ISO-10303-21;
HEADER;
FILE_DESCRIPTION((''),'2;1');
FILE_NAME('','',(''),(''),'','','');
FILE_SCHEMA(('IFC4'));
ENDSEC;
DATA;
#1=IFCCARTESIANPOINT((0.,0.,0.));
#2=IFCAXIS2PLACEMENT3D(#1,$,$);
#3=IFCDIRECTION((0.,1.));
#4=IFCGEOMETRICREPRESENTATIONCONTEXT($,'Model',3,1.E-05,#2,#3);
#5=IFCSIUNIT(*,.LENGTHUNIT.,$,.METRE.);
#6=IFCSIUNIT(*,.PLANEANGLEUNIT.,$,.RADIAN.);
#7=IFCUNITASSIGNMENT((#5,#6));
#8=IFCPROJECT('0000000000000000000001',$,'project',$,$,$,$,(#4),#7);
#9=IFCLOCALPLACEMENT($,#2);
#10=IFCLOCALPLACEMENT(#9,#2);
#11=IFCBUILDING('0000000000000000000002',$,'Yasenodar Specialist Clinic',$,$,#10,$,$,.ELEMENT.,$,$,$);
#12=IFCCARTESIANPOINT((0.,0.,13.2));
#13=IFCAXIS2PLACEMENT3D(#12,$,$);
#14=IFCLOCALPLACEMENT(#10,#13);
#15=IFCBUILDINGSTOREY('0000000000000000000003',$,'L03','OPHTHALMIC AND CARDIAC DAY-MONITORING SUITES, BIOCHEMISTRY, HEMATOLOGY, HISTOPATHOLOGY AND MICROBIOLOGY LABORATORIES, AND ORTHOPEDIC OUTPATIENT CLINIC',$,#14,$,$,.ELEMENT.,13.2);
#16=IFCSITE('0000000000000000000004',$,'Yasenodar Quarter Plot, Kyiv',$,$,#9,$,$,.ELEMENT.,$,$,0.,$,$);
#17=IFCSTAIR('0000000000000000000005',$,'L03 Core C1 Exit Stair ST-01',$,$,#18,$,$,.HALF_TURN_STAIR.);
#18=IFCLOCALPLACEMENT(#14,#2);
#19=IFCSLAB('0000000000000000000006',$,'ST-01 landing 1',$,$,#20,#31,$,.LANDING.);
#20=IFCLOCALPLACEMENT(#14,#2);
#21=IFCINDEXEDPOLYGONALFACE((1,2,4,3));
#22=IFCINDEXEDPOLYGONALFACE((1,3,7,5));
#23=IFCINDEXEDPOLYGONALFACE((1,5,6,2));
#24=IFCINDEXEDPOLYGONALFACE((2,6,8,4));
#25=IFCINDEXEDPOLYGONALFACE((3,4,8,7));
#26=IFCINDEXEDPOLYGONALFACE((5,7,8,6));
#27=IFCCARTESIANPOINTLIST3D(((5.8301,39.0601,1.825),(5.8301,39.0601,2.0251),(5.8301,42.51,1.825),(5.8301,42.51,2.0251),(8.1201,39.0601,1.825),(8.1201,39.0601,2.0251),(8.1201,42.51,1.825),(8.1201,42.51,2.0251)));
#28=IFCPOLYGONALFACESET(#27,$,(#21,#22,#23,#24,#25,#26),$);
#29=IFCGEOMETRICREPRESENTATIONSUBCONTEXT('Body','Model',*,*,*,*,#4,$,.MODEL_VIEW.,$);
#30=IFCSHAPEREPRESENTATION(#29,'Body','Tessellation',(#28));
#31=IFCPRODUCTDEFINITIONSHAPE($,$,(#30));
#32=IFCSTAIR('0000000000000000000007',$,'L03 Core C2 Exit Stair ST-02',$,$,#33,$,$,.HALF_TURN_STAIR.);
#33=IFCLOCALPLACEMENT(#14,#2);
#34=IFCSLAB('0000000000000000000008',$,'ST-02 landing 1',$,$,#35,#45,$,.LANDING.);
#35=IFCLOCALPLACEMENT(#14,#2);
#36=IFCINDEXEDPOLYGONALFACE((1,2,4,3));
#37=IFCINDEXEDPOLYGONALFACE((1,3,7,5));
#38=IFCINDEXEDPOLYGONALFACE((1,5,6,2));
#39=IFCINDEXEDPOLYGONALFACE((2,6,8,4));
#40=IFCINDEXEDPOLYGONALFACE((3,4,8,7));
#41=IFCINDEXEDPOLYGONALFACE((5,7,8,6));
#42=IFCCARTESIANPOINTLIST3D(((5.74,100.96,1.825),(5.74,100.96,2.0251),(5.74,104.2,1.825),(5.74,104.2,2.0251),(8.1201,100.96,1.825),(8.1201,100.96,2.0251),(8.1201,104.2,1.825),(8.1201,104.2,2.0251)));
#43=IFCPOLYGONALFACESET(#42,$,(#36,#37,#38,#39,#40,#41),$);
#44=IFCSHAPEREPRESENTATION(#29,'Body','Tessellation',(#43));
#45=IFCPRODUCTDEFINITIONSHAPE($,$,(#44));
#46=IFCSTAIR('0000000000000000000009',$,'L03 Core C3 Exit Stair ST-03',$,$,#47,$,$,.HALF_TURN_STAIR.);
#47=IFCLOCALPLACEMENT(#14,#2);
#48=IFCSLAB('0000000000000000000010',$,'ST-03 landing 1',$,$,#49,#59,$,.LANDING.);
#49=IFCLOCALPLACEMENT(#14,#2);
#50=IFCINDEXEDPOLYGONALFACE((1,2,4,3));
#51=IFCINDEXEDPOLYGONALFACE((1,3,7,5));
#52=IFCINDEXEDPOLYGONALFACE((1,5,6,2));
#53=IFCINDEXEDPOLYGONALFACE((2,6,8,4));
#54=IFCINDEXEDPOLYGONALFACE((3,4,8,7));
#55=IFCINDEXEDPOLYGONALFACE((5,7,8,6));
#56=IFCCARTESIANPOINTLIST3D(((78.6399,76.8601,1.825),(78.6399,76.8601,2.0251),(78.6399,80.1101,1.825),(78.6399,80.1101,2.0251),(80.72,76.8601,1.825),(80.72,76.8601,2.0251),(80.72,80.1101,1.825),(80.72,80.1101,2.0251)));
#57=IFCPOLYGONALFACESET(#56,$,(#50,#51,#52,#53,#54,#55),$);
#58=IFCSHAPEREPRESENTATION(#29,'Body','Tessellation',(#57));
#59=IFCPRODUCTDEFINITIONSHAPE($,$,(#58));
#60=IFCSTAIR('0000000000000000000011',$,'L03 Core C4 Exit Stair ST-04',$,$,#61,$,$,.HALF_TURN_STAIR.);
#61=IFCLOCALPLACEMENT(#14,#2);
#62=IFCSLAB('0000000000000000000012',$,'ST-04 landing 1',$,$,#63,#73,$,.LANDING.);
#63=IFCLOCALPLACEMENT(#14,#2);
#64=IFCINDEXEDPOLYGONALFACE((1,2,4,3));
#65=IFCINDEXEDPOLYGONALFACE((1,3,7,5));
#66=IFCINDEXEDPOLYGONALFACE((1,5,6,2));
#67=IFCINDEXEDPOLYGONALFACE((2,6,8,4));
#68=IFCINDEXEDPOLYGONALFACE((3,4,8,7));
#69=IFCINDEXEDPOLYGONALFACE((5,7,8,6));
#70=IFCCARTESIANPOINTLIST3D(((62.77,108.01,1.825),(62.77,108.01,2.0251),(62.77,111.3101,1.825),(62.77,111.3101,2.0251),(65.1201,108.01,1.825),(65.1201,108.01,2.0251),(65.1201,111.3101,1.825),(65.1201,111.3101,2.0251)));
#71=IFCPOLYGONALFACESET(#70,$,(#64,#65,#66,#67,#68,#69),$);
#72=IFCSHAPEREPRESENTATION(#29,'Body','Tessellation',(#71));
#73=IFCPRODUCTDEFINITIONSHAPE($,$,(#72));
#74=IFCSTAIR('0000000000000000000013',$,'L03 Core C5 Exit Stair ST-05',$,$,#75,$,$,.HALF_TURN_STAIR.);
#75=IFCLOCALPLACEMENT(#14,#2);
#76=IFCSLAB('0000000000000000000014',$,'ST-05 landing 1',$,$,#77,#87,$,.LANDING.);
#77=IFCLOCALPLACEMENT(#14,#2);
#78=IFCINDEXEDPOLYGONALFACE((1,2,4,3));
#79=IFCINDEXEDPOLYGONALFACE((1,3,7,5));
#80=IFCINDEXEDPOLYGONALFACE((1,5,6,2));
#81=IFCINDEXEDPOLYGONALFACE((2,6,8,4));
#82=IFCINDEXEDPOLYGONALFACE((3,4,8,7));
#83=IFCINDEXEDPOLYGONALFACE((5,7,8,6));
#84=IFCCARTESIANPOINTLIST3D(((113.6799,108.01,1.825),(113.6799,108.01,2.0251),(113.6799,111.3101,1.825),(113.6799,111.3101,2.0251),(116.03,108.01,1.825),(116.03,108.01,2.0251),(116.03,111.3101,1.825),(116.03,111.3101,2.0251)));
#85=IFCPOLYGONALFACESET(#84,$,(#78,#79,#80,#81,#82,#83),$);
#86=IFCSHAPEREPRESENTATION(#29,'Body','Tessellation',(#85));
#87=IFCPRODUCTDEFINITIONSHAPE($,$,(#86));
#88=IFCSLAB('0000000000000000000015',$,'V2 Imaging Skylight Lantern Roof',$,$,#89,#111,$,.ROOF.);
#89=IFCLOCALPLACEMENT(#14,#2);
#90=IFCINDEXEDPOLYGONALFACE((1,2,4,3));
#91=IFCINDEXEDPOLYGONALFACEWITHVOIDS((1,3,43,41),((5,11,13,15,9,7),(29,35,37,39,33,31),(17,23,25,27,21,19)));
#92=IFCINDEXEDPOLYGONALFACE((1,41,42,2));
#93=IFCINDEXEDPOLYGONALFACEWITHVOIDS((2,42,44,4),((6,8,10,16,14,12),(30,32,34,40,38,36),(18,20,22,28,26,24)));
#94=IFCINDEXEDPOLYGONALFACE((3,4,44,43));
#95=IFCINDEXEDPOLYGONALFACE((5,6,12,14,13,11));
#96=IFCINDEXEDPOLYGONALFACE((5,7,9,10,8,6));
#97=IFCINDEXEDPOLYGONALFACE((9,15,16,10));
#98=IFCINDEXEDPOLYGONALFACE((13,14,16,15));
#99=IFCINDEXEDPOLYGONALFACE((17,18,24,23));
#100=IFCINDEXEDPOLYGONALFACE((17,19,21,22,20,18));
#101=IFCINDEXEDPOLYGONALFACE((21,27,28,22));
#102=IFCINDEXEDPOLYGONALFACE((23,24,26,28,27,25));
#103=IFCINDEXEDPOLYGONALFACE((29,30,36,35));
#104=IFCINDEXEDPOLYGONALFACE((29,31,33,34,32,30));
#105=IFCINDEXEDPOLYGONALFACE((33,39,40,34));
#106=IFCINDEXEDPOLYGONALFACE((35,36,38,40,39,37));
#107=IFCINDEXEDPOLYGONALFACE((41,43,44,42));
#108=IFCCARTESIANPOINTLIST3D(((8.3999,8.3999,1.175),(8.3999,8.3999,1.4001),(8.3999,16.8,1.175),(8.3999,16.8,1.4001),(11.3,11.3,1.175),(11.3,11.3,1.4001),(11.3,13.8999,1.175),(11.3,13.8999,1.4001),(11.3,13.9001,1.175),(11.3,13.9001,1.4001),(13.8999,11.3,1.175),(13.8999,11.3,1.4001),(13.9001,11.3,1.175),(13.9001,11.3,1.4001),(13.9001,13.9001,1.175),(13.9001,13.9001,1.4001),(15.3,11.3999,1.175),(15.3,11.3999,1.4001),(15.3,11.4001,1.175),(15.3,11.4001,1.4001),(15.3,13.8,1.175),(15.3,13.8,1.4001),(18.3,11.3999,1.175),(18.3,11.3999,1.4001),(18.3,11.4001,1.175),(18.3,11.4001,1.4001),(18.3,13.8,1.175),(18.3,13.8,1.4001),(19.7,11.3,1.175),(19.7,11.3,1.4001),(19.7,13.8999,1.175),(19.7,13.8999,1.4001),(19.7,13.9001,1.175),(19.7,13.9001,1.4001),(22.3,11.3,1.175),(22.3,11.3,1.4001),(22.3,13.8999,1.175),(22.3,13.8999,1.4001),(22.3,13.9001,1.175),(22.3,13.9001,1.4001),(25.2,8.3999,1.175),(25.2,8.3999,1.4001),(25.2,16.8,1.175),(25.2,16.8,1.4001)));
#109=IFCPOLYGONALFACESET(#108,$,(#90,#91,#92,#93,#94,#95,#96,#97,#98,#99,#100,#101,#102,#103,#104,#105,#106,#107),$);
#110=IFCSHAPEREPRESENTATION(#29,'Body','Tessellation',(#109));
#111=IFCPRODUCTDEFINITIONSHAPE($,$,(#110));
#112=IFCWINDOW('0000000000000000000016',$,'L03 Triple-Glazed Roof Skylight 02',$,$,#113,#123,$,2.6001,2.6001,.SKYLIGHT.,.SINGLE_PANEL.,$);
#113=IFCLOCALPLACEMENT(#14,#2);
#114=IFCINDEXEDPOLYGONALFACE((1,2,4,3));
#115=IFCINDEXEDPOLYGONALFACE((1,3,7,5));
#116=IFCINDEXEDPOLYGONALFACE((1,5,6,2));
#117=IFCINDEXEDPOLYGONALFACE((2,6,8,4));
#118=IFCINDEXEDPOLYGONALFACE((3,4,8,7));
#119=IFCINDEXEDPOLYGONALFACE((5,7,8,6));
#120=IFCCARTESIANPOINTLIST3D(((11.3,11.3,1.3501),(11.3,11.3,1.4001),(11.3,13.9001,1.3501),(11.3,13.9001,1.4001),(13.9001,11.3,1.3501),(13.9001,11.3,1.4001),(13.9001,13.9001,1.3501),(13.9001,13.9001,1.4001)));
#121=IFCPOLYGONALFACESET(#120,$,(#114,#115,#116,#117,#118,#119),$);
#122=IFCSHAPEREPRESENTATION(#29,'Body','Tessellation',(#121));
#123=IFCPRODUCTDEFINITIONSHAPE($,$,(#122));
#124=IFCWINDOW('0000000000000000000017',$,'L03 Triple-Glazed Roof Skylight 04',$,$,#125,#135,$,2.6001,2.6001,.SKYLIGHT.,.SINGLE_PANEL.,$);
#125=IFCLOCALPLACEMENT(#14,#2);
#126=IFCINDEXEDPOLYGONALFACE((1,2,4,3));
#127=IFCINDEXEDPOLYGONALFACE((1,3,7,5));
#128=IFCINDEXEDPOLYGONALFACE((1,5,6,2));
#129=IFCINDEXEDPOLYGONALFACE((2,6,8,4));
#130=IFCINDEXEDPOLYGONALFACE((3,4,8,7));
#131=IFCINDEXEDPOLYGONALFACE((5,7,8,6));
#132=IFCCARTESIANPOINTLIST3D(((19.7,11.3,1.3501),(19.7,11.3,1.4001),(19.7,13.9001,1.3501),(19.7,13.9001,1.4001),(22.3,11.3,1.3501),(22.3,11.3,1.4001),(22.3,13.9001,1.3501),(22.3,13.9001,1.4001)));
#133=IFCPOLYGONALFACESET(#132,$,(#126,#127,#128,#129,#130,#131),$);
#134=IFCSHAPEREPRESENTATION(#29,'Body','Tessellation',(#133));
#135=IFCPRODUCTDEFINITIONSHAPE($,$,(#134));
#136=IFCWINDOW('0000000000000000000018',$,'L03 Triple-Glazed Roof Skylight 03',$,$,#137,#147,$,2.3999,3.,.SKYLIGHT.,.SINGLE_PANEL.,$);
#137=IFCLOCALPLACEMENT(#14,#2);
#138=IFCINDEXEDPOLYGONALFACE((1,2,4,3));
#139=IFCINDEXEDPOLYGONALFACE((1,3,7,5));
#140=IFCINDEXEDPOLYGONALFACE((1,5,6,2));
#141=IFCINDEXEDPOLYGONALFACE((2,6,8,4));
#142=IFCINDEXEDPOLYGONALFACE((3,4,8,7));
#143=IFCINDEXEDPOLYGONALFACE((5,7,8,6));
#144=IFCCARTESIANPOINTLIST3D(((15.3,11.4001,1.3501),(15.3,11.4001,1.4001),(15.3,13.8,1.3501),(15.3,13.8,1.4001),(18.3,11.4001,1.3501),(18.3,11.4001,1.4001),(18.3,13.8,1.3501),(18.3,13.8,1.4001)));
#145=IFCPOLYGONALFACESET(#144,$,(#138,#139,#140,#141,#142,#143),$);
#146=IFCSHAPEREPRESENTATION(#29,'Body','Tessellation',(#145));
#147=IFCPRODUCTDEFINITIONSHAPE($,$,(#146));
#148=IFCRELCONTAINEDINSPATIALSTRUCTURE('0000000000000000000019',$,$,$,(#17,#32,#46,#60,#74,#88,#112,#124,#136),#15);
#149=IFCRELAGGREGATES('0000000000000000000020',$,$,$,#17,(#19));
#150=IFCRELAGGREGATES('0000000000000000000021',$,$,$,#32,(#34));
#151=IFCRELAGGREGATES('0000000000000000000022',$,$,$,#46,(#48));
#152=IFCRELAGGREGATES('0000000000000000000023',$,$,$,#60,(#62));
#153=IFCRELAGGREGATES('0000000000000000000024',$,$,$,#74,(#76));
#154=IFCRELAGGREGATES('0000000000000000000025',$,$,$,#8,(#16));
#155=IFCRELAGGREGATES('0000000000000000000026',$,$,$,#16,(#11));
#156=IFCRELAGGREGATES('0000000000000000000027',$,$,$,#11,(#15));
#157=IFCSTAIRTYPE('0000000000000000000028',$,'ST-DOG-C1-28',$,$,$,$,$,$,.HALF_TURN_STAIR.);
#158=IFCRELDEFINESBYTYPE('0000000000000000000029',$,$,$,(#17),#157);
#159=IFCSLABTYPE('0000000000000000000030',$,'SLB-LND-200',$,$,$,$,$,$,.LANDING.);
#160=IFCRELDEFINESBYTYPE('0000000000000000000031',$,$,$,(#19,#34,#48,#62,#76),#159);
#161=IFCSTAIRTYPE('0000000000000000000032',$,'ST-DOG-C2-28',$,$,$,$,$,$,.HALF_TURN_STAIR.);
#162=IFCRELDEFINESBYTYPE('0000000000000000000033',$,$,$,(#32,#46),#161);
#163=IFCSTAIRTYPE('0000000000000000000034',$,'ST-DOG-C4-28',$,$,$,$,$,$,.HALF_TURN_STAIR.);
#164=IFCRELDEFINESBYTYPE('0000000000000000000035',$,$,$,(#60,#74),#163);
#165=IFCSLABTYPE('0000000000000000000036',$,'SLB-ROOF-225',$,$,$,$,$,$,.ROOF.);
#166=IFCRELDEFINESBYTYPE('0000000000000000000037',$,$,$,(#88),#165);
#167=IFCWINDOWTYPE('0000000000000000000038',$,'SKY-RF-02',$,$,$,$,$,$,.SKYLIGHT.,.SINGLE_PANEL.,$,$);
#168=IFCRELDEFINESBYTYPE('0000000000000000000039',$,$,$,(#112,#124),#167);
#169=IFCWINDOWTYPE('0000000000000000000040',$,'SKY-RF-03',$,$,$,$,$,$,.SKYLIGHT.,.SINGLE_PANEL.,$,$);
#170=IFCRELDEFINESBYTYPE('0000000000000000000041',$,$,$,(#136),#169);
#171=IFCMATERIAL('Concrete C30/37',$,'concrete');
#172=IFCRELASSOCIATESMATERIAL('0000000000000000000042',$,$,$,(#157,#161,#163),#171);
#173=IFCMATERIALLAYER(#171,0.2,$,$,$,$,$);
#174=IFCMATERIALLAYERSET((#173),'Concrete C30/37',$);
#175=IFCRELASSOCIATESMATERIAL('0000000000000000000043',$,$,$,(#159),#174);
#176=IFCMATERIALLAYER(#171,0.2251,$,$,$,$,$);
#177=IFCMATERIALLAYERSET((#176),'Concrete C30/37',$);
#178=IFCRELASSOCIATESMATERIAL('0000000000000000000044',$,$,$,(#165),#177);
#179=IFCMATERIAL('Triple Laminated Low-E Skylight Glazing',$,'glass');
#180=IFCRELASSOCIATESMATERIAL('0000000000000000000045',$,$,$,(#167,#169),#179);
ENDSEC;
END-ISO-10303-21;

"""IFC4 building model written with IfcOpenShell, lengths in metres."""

from ifc_helpers import new_model, si_unit, direction, frame, origin, origin_2d, place, context, subcontext, project, spatial, polyline, rectangle, outline, extrude, material, layer, layer_set, type_object, element, fill, aggregate, save


model = new_model("IFC4")

# Units and contexts
model_context = context("Model", 3, precision=1e-05, world=origin(), true_north=direction((0.0, 1.0)))
body_context = subcontext(model_context, "Body", "Model", "MODEL_VIEW")
ifc_project = project(units=[si_unit("LENGTHUNIT", "METRE"), si_unit("PLANEANGLEUNIT", "RADIAN")], contexts=[model_context])

# Site, building, storey
site_placement = place(None, origin())
site = spatial("IfcSite", under=ifc_project, at=site_placement, Name="Yasenodar Quarter Plot, Kyiv", CompositionType="ELEMENT", RefElevation=0.0)
building_placement = place(site_placement, origin())
building = spatial("IfcBuilding", under=site, at=building_placement, Name="Yasenodar Specialist Clinic", CompositionType="ELEMENT")
storey_placement = place(building_placement, frame((0.0, 0.0, 13.2)))
storey = spatial("IfcBuildingStorey", under=building, at=storey_placement, Name="L03", Description="OPHTHALMIC AND CARDIAC DAY-MONITORING SUITES, BIOCHEMISTRY, HEMATOLOGY, HISTOPATHOLOGY AND MICROBIOLOGY LABORATORIES, AND ORTHOPEDIC OUTPATIENT CLINIC", CompositionType="ELEMENT", Elevation=13.2)

# Stairs, slabs
ifc_material_1 = material(Name="Concrete C30/37", Category="concrete")
stair_type_1 = type_object("IfcStairType", Name="ST-DOG-C1-28", PredefinedType="HALF_TURN_STAIR", material=ifc_material_1)
stair_1_placement = place(storey_placement, origin())
stair_1 = element("IfcStair", 1, at=stair_1_placement, inside=storey, type_object=stair_type_1, Name="L03 Core C1 Exit Stair ST-01", PredefinedType="HALF_TURN_STAIR")
ifc_layer_1 = layer(ifc_material_1, 0.2)
ifc_layer_set_1 = layer_set([ifc_layer_1], Name="Concrete C30/37")
slab_type_1 = type_object("IfcSlabType", Name="SLB-LND-200", PredefinedType="LANDING", material=ifc_layer_set_1)
slab_1_placement = place(storey_placement, frame((0.0, 0.0, 1.825)))
slab_1 = element("IfcSlab", 2, at=slab_1_placement, type_object=slab_type_1, Name="ST-01 landing 1", PredefinedType="LANDING", context=body_context, shape_type="SweptSolid", body=[
    extrude(outline(polyline([(5.8301, 39.0601), (8.1201, 39.0601), (8.1201, 42.51), (5.8301, 42.51), (5.8301, 39.0601)])), origin(), (0.0, 0.0, 1.0), 0.2002),
])
aggregate(stair_1, [slab_1])
stair_type_2 = type_object("IfcStairType", Name="ST-DOG-C2-28", PredefinedType="HALF_TURN_STAIR", material=ifc_material_1)
stair_2_placement = place(storey_placement, origin())
stair_2 = element("IfcStair", 3, at=stair_2_placement, inside=storey, type_object=stair_type_2, Name="L03 Core C2 Exit Stair ST-02", PredefinedType="HALF_TURN_STAIR")
slab_2_placement = place(storey_placement, frame((0.0, 0.0, 1.825)))
slab_2 = element("IfcSlab", 4, at=slab_2_placement, type_object=slab_type_1, Name="ST-02 landing 1", PredefinedType="LANDING", context=body_context, shape_type="SweptSolid", body=[
    extrude(outline(polyline([(5.74, 100.96), (8.1201, 100.96), (8.1201, 104.2), (5.74, 104.2), (5.74, 100.96)])), origin(), (0.0, 0.0, 1.0), 0.2002),
])
aggregate(stair_2, [slab_2])
stair_3_placement = place(storey_placement, origin())
stair_3 = element("IfcStair", 5, at=stair_3_placement, inside=storey, type_object=stair_type_2, Name="L03 Core C3 Exit Stair ST-03", PredefinedType="HALF_TURN_STAIR")
slab_3_placement = place(storey_placement, frame((0.0, 0.0, 1.825)))
slab_3 = element("IfcSlab", 6, at=slab_3_placement, type_object=slab_type_1, Name="ST-03 landing 1", PredefinedType="LANDING", context=body_context, shape_type="SweptSolid", body=[
    extrude(outline(polyline([(78.6399, 76.8601), (80.72, 76.8601), (80.72, 80.1101), (78.6399, 80.1101), (78.6399, 76.8601)])), origin(), (0.0, 0.0, 1.0), 0.2002),
])
aggregate(stair_3, [slab_3])
stair_type_3 = type_object("IfcStairType", Name="ST-DOG-C4-28", PredefinedType="HALF_TURN_STAIR", material=ifc_material_1)
stair_4_placement = place(storey_placement, origin())
stair_4 = element("IfcStair", 7, at=stair_4_placement, inside=storey, type_object=stair_type_3, Name="L03 Core C4 Exit Stair ST-04", PredefinedType="HALF_TURN_STAIR")
slab_4_placement = place(storey_placement, frame((0.0, 0.0, 1.825)))
slab_4 = element("IfcSlab", 8, at=slab_4_placement, type_object=slab_type_1, Name="ST-04 landing 1", PredefinedType="LANDING", context=body_context, shape_type="SweptSolid", body=[
    extrude(outline(polyline([(62.77, 108.01), (65.1201, 108.01), (65.1201, 111.3101), (62.77, 111.3101), (62.77, 108.01)])), origin(), (0.0, 0.0, 1.0), 0.2002),
])
aggregate(stair_4, [slab_4])
stair_5_placement = place(storey_placement, origin())
stair_5 = element("IfcStair", 9, at=stair_5_placement, inside=storey, type_object=stair_type_3, Name="L03 Core C5 Exit Stair ST-05", PredefinedType="HALF_TURN_STAIR")
slab_5_placement = place(storey_placement, frame((0.0, 0.0, 1.825)))
slab_5 = element("IfcSlab", 10, at=slab_5_placement, type_object=slab_type_1, Name="ST-05 landing 1", PredefinedType="LANDING", context=body_context, shape_type="SweptSolid", body=[
    extrude(outline(polyline([(116.03, 111.3101), (113.6799, 111.3101), (113.6799, 108.01), (116.03, 108.01), (116.03, 111.3101)])), origin(), (0.0, 0.0, 1.0), 0.2002),
])
aggregate(stair_5, [slab_5])

# Slab, openings, windows
ifc_layer_2 = layer(ifc_material_1, 0.2251)
ifc_layer_set_2 = layer_set([ifc_layer_2], Name="Concrete C30/37")
slab_type_2 = type_object("IfcSlabType", Name="SLB-ROOF-225", PredefinedType="ROOF", material=ifc_layer_set_2)
slab_6_placement = place(storey_placement, frame((0.0, 0.0, 1.175)))
slab_6 = element("IfcSlab", 11, at=slab_6_placement, inside=storey, type_object=slab_type_2, Name="V2 Imaging Skylight Lantern Roof", PredefinedType="ROOF", context=body_context, shape_type="SweptSolid", body=[
    extrude(outline(polyline([(8.3999, 8.3999), (25.2, 8.3999), (25.2, 16.8), (8.3999, 16.8), (8.3999, 8.3999)]), holes=[polyline([(11.3, 11.3), (13.8999, 11.3), (13.8999, 13.8999), (11.3, 13.8999), (11.3, 11.3)]), polyline([(15.3, 11.3999), (18.3, 11.3999), (18.3, 13.8), (15.3, 13.8), (15.3, 11.3999)]), polyline([(19.7, 11.3), (22.3, 11.3), (22.3, 13.8999), (19.7, 13.8999), (19.7, 11.3)])]), origin(), (0.0, 0.0, 1.0), 0.2251),
])
opening_1_placement = place(slab_6_placement, frame((12.6001, 12.6001, -0.01)))
opening_1 = element("IfcOpeningElement", 12, at=opening_1_placement, cuts=slab_6, PredefinedType="OPENING", context=body_context, shape_type="SweptSolid", body=[
    extrude(rectangle(XDim=2.6001, YDim=2.6001, at=origin_2d()), origin(), (0.0, 0.0, 1.0), 0.2451),
])
opening_2_placement = place(slab_6_placement, frame((16.8, 12.6001, -0.01)))
opening_2 = element("IfcOpeningElement", 13, at=opening_2_placement, cuts=slab_6, PredefinedType="OPENING", context=body_context, shape_type="SweptSolid", body=[
    extrude(rectangle(XDim=3.0, YDim=2.3999, at=origin_2d()), origin(), (0.0, 0.0, 1.0), 0.2451),
])
opening_3_placement = place(slab_6_placement, frame((21.0, 12.6001, -0.01)))
opening_3 = element("IfcOpeningElement", 14, at=opening_3_placement, cuts=slab_6, PredefinedType="OPENING", context=body_context, shape_type="SweptSolid", body=[
    extrude(rectangle(XDim=2.6001, YDim=2.6001, at=origin_2d()), origin(), (0.0, 0.0, 1.0), 0.2451),
])
ifc_material_2 = material(Name="Triple Laminated Low-E Skylight Glazing", Category="glass")
window_type_1 = type_object("IfcWindowType", Name="SKY-RF-02", PartitioningType="SINGLE_PANEL", PredefinedType="SKYLIGHT", material=ifc_material_2)
window_1_placement = place(slab_6_placement, frame((12.6001, 12.6001, 0.175)))
window_1 = element("IfcWindow", 15, at=window_1_placement, inside=storey, type_object=window_type_1, Name="L03 Triple-Glazed Roof Skylight 02", OverallHeight=2.6001, OverallWidth=2.6001, PartitioningType="SINGLE_PANEL", PredefinedType="SKYLIGHT", context=body_context, shape_type="SweptSolid", body=[
    extrude(rectangle(XDim=2.6001, YDim=2.6001, at=origin_2d()), origin(), (0.0, 0.0, 1.0), 0.05),
])
fill(opening_1, window_1)
window_2_placement = place(slab_6_placement, frame((21.0, 12.6001, 0.175)))
window_2 = element("IfcWindow", 16, at=window_2_placement, inside=storey, type_object=window_type_1, Name="L03 Triple-Glazed Roof Skylight 04", OverallHeight=2.6001, OverallWidth=2.6001, PartitioningType="SINGLE_PANEL", PredefinedType="SKYLIGHT", context=body_context, shape_type="SweptSolid", body=[
    extrude(rectangle(XDim=2.6001, YDim=2.6001, at=origin_2d()), origin(), (0.0, 0.0, 1.0), 0.05),
])
fill(opening_3, window_2)
window_type_2 = type_object("IfcWindowType", Name="SKY-RF-03", PartitioningType="SINGLE_PANEL", PredefinedType="SKYLIGHT", material=ifc_material_2)
window_3_placement = place(slab_6_placement, frame((16.8, 12.6001, 0.175)))
window_3 = element("IfcWindow", 17, at=window_3_placement, inside=storey, type_object=window_type_2, Name="L03 Triple-Glazed Roof Skylight 03", OverallHeight=2.3999, OverallWidth=3.0, PartitioningType="SINGLE_PANEL", PredefinedType="SKYLIGHT", context=body_context, shape_type="SweptSolid", body=[
    extrude(rectangle(XDim=3.0, YDim=2.3999, at=origin_2d()), origin(), (0.0, 0.0, 1.0), 0.05),
])
fill(opening_2, window_3)

save(model, "model.ifc")
